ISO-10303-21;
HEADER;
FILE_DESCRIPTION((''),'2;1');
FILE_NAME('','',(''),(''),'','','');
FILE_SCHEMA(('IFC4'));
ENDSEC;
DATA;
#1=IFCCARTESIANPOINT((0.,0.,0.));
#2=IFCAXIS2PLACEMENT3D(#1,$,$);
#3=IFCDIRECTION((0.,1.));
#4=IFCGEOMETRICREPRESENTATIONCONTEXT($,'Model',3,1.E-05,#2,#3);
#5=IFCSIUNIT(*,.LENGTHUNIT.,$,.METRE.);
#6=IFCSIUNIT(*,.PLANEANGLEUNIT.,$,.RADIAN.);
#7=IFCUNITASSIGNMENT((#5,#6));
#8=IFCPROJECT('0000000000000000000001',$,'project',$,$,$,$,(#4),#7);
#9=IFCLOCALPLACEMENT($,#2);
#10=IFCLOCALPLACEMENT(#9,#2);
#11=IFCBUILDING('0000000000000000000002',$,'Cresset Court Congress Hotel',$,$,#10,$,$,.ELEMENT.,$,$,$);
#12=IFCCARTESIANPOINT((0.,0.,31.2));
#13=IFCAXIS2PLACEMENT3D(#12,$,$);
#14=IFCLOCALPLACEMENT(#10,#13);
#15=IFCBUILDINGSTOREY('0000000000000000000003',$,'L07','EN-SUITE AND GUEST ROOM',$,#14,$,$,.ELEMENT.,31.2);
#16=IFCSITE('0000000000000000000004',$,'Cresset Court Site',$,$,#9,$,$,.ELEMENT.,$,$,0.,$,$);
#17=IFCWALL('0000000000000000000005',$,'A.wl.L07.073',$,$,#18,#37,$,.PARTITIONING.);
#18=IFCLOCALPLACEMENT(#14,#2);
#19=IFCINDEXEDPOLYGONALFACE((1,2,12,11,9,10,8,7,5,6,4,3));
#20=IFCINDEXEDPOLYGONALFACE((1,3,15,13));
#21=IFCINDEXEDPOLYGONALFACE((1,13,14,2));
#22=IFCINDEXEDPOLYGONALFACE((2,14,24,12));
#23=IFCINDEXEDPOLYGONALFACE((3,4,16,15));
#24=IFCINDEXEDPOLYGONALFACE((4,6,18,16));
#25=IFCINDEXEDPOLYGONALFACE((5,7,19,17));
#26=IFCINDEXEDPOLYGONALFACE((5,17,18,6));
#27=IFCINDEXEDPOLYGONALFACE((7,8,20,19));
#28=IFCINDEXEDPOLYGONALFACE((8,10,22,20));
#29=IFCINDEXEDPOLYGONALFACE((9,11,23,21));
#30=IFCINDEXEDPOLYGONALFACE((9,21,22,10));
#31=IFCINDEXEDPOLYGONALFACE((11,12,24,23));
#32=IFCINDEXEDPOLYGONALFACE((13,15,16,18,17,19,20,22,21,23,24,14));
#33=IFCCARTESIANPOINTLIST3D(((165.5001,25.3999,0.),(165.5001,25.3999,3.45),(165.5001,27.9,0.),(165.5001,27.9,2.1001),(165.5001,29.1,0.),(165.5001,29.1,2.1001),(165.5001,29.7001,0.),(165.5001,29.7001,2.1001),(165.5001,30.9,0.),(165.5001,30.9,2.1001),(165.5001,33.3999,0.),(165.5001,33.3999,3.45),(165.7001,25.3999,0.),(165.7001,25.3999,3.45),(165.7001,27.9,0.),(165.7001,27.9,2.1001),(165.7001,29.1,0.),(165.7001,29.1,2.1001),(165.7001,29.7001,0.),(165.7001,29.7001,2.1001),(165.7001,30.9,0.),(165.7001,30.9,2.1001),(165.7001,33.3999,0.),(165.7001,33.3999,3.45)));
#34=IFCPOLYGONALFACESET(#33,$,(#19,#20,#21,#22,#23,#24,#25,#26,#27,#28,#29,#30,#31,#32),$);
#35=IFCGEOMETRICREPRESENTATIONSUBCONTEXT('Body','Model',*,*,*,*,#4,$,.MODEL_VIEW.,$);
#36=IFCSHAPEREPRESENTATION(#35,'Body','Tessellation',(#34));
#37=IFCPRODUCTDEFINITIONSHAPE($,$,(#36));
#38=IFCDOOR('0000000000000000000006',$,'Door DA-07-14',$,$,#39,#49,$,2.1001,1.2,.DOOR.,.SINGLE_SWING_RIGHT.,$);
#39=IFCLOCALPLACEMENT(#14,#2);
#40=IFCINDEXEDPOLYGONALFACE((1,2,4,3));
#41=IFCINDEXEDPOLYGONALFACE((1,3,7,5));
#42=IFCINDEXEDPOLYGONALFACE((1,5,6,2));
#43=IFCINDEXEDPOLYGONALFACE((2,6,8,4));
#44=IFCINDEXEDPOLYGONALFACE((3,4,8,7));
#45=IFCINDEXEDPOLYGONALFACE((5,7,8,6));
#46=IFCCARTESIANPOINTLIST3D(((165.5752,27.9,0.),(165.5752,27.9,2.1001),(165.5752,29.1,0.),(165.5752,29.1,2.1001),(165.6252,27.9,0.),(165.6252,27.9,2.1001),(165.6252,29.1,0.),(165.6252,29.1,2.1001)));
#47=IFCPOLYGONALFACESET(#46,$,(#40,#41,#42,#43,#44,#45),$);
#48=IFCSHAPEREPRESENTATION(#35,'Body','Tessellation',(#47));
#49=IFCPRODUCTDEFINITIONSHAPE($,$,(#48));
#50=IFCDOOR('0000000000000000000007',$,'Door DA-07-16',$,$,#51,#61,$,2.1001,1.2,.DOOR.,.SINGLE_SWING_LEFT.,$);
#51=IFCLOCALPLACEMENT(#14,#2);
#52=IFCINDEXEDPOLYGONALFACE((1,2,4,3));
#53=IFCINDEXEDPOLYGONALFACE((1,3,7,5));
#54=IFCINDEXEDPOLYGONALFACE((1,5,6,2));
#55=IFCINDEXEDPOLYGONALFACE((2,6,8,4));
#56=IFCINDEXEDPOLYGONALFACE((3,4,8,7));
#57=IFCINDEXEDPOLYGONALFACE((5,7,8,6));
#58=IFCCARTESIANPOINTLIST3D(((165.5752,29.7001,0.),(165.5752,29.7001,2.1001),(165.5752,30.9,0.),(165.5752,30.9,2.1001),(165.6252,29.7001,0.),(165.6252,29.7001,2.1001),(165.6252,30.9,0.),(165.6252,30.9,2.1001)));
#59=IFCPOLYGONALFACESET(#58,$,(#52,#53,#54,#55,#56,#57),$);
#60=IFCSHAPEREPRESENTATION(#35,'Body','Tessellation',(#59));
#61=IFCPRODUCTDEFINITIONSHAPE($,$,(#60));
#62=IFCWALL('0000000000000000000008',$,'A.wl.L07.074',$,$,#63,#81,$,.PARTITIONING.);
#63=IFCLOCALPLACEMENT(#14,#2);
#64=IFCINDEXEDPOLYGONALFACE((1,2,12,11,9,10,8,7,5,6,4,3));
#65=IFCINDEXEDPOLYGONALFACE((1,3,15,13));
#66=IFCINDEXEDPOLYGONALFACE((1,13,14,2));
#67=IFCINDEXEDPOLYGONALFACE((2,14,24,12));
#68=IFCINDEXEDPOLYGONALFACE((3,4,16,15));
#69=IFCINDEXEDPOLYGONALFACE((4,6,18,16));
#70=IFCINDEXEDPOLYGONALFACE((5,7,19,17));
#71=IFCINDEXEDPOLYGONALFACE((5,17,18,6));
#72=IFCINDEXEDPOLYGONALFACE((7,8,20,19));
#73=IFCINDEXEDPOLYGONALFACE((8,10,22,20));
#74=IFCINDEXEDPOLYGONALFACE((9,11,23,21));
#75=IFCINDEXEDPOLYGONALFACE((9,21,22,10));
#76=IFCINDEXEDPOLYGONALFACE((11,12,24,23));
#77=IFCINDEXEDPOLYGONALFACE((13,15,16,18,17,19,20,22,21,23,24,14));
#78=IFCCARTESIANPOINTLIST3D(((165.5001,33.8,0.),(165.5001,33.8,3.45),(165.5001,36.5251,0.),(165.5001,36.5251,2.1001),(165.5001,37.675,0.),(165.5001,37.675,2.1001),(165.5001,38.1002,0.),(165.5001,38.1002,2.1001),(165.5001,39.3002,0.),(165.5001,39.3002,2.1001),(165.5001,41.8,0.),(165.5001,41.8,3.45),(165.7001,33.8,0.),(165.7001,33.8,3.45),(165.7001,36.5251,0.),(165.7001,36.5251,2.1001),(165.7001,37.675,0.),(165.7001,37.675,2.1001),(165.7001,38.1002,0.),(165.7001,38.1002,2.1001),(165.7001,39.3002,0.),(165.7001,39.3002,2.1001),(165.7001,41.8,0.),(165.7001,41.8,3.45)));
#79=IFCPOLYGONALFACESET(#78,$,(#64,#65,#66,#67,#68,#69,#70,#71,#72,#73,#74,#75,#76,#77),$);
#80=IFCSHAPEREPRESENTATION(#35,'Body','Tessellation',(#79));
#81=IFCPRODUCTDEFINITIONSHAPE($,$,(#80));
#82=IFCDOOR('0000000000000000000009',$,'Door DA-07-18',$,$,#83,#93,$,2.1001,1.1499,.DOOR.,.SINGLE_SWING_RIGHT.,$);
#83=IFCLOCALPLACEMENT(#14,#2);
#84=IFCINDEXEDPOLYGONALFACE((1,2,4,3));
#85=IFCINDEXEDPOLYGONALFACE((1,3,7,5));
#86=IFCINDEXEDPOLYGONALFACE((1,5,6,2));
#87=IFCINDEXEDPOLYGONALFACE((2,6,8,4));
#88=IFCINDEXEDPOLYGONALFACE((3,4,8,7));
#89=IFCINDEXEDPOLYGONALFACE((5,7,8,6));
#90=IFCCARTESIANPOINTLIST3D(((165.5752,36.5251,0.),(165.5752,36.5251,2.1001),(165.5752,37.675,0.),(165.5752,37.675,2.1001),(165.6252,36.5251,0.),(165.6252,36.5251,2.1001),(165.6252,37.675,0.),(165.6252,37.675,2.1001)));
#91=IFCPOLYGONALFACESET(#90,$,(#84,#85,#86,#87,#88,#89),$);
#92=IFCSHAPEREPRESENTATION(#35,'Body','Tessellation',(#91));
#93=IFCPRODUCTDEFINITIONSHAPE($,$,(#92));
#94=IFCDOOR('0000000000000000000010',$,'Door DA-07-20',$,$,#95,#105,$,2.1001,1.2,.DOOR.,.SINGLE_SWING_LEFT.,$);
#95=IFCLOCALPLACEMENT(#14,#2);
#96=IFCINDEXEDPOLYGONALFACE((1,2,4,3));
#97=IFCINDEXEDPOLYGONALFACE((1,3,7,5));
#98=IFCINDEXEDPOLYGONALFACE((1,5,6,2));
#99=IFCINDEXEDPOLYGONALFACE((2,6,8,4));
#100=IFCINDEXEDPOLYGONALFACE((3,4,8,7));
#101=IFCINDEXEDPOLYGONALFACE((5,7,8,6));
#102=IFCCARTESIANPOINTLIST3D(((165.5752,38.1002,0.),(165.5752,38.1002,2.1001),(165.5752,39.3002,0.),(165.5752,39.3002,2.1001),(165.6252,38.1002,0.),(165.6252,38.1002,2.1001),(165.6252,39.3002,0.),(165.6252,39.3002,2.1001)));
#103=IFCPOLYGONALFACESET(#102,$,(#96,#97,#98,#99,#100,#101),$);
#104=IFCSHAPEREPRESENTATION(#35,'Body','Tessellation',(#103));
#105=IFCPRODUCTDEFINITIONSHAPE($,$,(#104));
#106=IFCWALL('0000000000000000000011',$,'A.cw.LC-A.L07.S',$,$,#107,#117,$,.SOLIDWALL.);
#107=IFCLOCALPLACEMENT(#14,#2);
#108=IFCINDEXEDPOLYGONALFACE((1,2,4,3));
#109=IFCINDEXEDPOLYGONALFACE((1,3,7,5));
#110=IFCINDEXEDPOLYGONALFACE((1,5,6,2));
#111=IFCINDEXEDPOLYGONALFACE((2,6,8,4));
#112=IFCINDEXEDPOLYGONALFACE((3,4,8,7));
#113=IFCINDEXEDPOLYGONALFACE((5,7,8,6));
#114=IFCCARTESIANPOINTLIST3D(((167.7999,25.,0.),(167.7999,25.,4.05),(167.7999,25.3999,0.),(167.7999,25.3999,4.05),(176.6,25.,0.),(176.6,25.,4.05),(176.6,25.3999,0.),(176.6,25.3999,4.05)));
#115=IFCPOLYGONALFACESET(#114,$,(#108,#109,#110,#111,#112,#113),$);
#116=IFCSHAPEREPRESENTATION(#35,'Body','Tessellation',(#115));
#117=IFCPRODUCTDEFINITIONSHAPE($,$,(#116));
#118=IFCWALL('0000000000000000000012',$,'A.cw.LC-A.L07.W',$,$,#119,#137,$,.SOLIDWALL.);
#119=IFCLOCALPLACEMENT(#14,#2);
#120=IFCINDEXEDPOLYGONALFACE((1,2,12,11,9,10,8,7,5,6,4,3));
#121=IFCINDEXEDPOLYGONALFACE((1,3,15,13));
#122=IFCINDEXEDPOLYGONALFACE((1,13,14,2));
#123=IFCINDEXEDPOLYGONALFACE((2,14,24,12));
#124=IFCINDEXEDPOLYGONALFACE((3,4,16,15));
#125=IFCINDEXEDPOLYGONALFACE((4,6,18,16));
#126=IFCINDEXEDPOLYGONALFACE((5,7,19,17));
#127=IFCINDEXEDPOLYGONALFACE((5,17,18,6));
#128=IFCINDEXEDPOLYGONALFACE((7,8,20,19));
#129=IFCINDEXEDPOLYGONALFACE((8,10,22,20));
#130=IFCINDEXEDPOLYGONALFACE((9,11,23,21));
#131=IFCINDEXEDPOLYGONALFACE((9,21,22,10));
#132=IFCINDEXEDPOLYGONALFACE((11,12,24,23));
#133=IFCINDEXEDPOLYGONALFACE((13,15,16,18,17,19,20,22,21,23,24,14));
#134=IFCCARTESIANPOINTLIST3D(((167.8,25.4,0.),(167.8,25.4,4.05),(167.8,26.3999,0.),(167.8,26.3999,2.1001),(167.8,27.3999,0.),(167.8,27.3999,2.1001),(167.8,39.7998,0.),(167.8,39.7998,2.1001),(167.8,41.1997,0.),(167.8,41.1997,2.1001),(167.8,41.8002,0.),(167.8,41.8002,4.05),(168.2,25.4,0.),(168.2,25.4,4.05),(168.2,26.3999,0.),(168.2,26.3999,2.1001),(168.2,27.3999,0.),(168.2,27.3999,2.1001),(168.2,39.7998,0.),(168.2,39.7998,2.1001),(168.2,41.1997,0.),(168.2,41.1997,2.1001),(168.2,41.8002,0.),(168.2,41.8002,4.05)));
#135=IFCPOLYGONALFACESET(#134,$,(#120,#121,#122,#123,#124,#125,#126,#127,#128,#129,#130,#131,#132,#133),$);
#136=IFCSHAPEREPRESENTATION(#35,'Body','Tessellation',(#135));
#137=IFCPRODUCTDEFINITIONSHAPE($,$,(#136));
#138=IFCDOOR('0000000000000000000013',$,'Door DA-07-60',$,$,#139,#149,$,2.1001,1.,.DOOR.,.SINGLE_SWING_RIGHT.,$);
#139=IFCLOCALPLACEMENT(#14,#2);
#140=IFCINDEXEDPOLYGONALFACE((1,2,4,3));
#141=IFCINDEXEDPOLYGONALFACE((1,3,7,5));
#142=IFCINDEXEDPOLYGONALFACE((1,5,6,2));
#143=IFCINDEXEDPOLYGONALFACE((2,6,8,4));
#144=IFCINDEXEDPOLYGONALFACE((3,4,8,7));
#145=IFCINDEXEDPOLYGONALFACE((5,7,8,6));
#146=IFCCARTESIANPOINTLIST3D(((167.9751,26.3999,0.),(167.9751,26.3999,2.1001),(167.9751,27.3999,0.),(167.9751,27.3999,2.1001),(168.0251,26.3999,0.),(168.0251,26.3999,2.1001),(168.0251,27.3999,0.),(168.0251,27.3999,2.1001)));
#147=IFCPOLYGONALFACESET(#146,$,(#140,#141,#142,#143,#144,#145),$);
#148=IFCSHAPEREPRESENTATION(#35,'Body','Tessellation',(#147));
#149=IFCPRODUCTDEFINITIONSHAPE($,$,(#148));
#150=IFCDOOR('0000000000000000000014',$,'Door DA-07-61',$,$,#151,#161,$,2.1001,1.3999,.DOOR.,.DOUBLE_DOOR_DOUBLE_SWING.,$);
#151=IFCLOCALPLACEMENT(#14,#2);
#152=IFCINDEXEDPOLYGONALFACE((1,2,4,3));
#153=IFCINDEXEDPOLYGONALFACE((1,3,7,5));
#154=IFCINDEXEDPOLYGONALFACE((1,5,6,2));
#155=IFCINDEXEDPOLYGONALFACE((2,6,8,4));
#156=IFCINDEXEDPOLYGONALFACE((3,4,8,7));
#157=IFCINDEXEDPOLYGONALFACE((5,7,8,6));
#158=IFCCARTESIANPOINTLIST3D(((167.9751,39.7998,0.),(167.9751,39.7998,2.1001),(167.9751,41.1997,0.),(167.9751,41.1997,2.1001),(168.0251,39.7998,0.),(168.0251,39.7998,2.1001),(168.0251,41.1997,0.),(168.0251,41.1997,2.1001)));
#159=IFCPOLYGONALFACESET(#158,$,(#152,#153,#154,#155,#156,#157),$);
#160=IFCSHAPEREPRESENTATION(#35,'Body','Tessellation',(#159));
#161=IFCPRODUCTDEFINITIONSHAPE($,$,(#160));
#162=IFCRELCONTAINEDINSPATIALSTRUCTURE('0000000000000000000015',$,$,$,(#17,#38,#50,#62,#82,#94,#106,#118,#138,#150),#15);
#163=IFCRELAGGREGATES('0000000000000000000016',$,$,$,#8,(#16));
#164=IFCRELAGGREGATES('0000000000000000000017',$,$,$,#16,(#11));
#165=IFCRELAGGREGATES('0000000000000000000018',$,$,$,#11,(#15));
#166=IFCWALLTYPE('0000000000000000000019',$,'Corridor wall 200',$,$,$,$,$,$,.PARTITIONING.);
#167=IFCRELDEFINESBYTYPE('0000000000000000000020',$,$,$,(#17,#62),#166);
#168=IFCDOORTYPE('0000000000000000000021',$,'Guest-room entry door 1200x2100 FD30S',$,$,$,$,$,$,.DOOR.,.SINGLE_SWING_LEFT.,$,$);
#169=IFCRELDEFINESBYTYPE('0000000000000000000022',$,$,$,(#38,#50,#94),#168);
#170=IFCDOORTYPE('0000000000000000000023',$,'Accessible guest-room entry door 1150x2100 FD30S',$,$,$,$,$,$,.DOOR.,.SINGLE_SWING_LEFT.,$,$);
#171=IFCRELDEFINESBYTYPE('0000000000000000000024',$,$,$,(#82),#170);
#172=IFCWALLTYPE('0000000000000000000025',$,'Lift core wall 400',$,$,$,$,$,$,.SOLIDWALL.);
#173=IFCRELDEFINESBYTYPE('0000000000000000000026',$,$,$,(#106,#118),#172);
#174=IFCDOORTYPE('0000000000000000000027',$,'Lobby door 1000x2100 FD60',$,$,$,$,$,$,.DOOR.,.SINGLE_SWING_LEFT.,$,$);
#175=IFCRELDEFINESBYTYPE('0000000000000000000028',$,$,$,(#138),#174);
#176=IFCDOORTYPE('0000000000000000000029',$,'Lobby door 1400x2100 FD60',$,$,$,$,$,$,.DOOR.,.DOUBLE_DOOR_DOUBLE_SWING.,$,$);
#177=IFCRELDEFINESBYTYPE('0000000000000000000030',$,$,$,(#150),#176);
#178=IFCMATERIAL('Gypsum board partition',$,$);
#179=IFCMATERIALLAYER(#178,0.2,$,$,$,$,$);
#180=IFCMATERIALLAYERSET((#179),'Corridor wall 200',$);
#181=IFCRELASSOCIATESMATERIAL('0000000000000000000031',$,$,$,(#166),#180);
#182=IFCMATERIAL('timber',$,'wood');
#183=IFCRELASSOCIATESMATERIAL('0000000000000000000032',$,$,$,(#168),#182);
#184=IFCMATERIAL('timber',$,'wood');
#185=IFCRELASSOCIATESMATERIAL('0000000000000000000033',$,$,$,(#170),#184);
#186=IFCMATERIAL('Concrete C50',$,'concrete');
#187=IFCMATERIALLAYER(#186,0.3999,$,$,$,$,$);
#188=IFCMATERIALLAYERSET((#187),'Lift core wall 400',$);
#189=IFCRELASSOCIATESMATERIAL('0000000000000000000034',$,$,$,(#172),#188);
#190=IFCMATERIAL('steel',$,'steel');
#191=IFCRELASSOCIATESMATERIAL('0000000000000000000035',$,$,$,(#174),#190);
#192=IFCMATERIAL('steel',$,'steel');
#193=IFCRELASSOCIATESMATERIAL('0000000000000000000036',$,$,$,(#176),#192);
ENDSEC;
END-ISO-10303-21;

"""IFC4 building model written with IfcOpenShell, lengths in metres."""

from ifc_helpers import new_model, si_unit, direction, frame, frame_2d, origin, place, context, subcontext, project, spatial, rectangle, extrude, material, layer, layer_set, type_object, element, fill, save


model = new_model("IFC4")

# Units and contexts
model_context = context("Model", 3, precision=1e-05, world=origin(), true_north=direction((0.0, 1.0)))
body_context = subcontext(model_context, "Body", "Model", "MODEL_VIEW")
ifc_project = project(units=[si_unit("LENGTHUNIT", "METRE"), si_unit("PLANEANGLEUNIT", "RADIAN")], contexts=[model_context])

# Site, building, storey
site_placement = place(None, origin())
site = spatial("IfcSite", under=ifc_project, at=site_placement, Name="Cresset Court Site", CompositionType="ELEMENT", RefElevation=0.0)
building_placement = place(site_placement, origin())
building = spatial("IfcBuilding", under=site, at=building_placement, Name="Cresset Court Congress Hotel", CompositionType="ELEMENT")
storey_placement = place(building_placement, frame((0.0, 0.0, 31.2)))
storey = spatial("IfcBuildingStorey", under=building, at=storey_placement, Name="L07", Description="EN-SUITE AND GUEST ROOM", CompositionType="ELEMENT", Elevation=31.2)

# Walls, openings, doors
ifc_material_1 = material(Name="Gypsum board partition")
ifc_layer_1 = layer(ifc_material_1, 0.2)
ifc_layer_set_1 = layer_set([ifc_layer_1], Name="Corridor wall 200")
wall_type_1 = type_object("IfcWallType", Name="Corridor wall 200", PredefinedType="PARTITIONING", material=ifc_layer_set_1)
wall_1_placement = place(storey_placement, frame((165.6001, 25.3999, 0.0), z_axis=(0.0, 0.0, 1.0), x_axis=(0.0, 1.0, 0.0)))
wall_1 = element("IfcWall", 1, at=wall_1_placement, inside=storey, type_object=wall_type_1, Name="A.wl.L07.073", PredefinedType="PARTITIONING", context=body_context, shape_type="SweptSolid", body=[
    extrude(rectangle(XDim=8.0, YDim=0.2, at=frame_2d((4.0, 0.0))), origin(), (0.0, 0.0, 1.0), 3.45),
])
opening_1_placement = place(wall_1_placement, frame((2.5, 0.0, 0.0)))
opening_1 = element("IfcOpeningElement", 2, at=opening_1_placement, cuts=wall_1, PredefinedType="OPENING", context=body_context, shape_type="SweptSolid", body=[
    extrude(rectangle(XDim=1.2, YDim=2.1001, at=frame_2d((0.6001, 1.05))), frame((0.0, 0.1099, 0.0), z_axis=(0.0, -1.0, 0.0), x_axis=(1.0, 0.0, 0.0)), (0.0, 0.0, 1.0), 0.22),
])
opening_2_placement = place(wall_1_placement, frame((4.3, 0.0, 0.0)))
opening_2 = element("IfcOpeningElement", 3, at=opening_2_placement, cuts=wall_1, PredefinedType="OPENING", context=body_context, shape_type="SweptSolid", body=[
    extrude(rectangle(XDim=1.2, YDim=2.1001, at=frame_2d((0.6001, 1.05))), frame((0.0, 0.1099, 0.0), z_axis=(0.0, -1.0, 0.0), x_axis=(1.0, 0.0, 0.0)), (0.0, 0.0, 1.0), 0.22),
])
ifc_material_2 = material(Name="timber", Category="wood")
door_type_1 = type_object("IfcDoorType", Name="Guest-room entry door 1200x2100 FD30S", OperationType="SINGLE_SWING_LEFT", PredefinedType="DOOR", material=ifc_material_2)
door_1_placement = place(opening_1_placement, origin())
door_1 = element("IfcDoor", 4, at=door_1_placement, inside=storey, type_object=door_type_1, Name="Door DA-07-14", OperationType="SINGLE_SWING_RIGHT", OverallHeight=2.1001, OverallWidth=1.2, PredefinedType="DOOR", context=body_context, shape_type="SweptSolid", body=[
    extrude(rectangle(XDim=1.2, YDim=2.1001, at=frame_2d((0.6001, 1.05))), frame((0.0, 0.0249, 0.0), z_axis=(0.0, -1.0, 0.0), x_axis=(1.0, 0.0, 0.0)), (0.0, 0.0, 1.0), 0.05),
])
fill(opening_1, door_1)
door_2_placement = place(opening_2_placement, origin())
door_2 = element("IfcDoor", 5, at=door_2_placement, inside=storey, type_object=door_type_1, Name="Door DA-07-16", OperationType="SINGLE_SWING_LEFT", OverallHeight=2.1001, OverallWidth=1.2, PredefinedType="DOOR", context=body_context, shape_type="SweptSolid", body=[
    extrude(rectangle(XDim=1.2, YDim=2.1001, at=frame_2d((0.6001, 1.05))), frame((0.0, 0.0249, 0.0), z_axis=(0.0, -1.0, 0.0), x_axis=(1.0, 0.0, 0.0)), (0.0, 0.0, 1.0), 0.05),
])
fill(opening_2, door_2)
wall_2_placement = place(storey_placement, frame((165.6001, 33.8, 0.0), z_axis=(0.0, 0.0, 1.0), x_axis=(0.0, 1.0, 0.0)))
wall_2 = element("IfcWall", 6, at=wall_2_placement, inside=storey, type_object=wall_type_1, Name="A.wl.L07.074", PredefinedType="PARTITIONING", context=body_context, shape_type="SweptSolid", body=[
    extrude(rectangle(XDim=8.0, YDim=0.2, at=frame_2d((4.0, 0.0))), origin(), (0.0, 0.0, 1.0), 3.45),
])
opening_3_placement = place(wall_2_placement, frame((2.7251, 0.0, 0.0)))
opening_3 = element("IfcOpeningElement", 7, at=opening_3_placement, cuts=wall_2, PredefinedType="OPENING", context=body_context, shape_type="SweptSolid", body=[
    extrude(rectangle(XDim=1.1499, YDim=2.1001, at=frame_2d((0.575, 1.05))), frame((0.0, 0.1099, 0.0), z_axis=(0.0, -1.0, 0.0), x_axis=(1.0, 0.0, 0.0)), (0.0, 0.0, 1.0), 0.22),
])
opening_4_placement = place(wall_2_placement, frame((4.3, 0.0, 0.0)))
opening_4 = element("IfcOpeningElement", 8, at=opening_4_placement, cuts=wall_2, PredefinedType="OPENING", context=body_context, shape_type="SweptSolid", body=[
    extrude(rectangle(XDim=1.2, YDim=2.1001, at=frame_2d((0.6001, 1.05))), frame((0.0, 0.1099, 0.0), z_axis=(0.0, -1.0, 0.0), x_axis=(1.0, 0.0, 0.0)), (0.0, 0.0, 1.0), 0.22),
])
ifc_material_3 = material(Name="timber", Category="wood")
door_type_2 = type_object("IfcDoorType", Name="Accessible guest-room entry door 1150x2100 FD30S", OperationType="SINGLE_SWING_LEFT", PredefinedType="DOOR", material=ifc_material_3)
door_3_placement = place(opening_3_placement, origin())
door_3 = element("IfcDoor", 9, at=door_3_placement, inside=storey, type_object=door_type_2, Name="Door DA-07-18", OperationType="SINGLE_SWING_RIGHT", OverallHeight=2.1001, OverallWidth=1.1499, PredefinedType="DOOR", context=body_context, shape_type="SweptSolid", body=[
    extrude(rectangle(XDim=1.1499, YDim=2.1001, at=frame_2d((0.575, 1.05))), frame((0.0, 0.0249, 0.0), z_axis=(0.0, -1.0, 0.0), x_axis=(1.0, 0.0, 0.0)), (0.0, 0.0, 1.0), 0.05),
])
fill(opening_3, door_3)
door_4_placement = place(opening_4_placement, origin())
door_4 = element("IfcDoor", 10, at=door_4_placement, inside=storey, type_object=door_type_1, Name="Door DA-07-20", OperationType="SINGLE_SWING_LEFT", OverallHeight=2.1001, OverallWidth=1.2, PredefinedType="DOOR", context=body_context, shape_type="SweptSolid", body=[
    extrude(rectangle(XDim=1.2, YDim=2.1001, at=frame_2d((0.6001, 1.05))), frame((0.0, 0.0249, 0.0), z_axis=(0.0, -1.0, 0.0), x_axis=(1.0, 0.0, 0.0)), (0.0, 0.0, 1.0), 0.05),
])
fill(opening_4, door_4)

# Wall
ifc_material_4 = material(Name="Concrete C50", Category="concrete")
ifc_layer_2 = layer(ifc_material_4, 0.3999)
ifc_layer_set_2 = layer_set([ifc_layer_2], Name="Lift core wall 400")
wall_type_2 = type_object("IfcWallType", Name="Lift core wall 400", PredefinedType="SOLIDWALL", material=ifc_layer_set_2)
wall_3_placement = place(storey_placement, frame((167.8, 25.2, 0.0), z_axis=(0.0, 0.0, 1.0), x_axis=(1.0, 0.0, 0.0)))
element("IfcWall", 11, at=wall_3_placement, inside=storey, type_object=wall_type_2, Name="A.cw.LC-A.L07.S", PredefinedType="SOLIDWALL", context=body_context, shape_type="SweptSolid", body=[
    extrude(rectangle(XDim=8.8, YDim=0.3999, at=frame_2d((4.3999, 0.0))), origin(), (0.0, 0.0, 1.0), 4.05),
])

# Wall, openings, doors
wall_4_placement = place(storey_placement, frame((168.0, 25.3999, 0.0), z_axis=(0.0, 0.0, 1.0), x_axis=(0.0, 1.0, 0.0)))
wall_4 = element("IfcWall", 12, at=wall_4_placement, inside=storey, type_object=wall_type_2, Name="A.cw.LC-A.L07.W", PredefinedType="SOLIDWALL", context=body_context, shape_type="SweptSolid", body=[
    extrude(rectangle(XDim=16.4001, YDim=0.3999, at=frame_2d((8.2002, 0.0))), origin(), (0.0, 0.0, 1.0), 4.05),
])
opening_5_placement = place(wall_4_placement, frame((1.0, 0.0, 0.0)))
opening_5 = element("IfcOpeningElement", 13, at=opening_5_placement, cuts=wall_4, PredefinedType="OPENING", context=body_context, shape_type="SweptSolid", body=[
    extrude(rectangle(XDim=1.0, YDim=2.1001, at=frame_2d((0.5, 1.05))), frame((0.0, 0.21, 0.0), z_axis=(0.0, -1.0, 0.0), x_axis=(1.0, 0.0, 0.0)), (0.0, 0.0, 1.0), 0.4199),
])
opening_6_placement = place(wall_4_placement, frame((14.3999, 0.0, 0.0)))
opening_6 = element("IfcOpeningElement", 14, at=opening_6_placement, cuts=wall_4, PredefinedType="OPENING", context=body_context, shape_type="SweptSolid", body=[
    extrude(rectangle(XDim=1.3999, YDim=2.1001, at=frame_2d((0.7, 1.05))), frame((0.0, 0.21, 0.0), z_axis=(0.0, -1.0, 0.0), x_axis=(1.0, 0.0, 0.0)), (0.0, 0.0, 1.0), 0.4199),
])
ifc_material_5 = material(Name="steel", Category="steel")
door_type_3 = type_object("IfcDoorType", Name="Lobby door 1000x2100 FD60", OperationType="SINGLE_SWING_LEFT", PredefinedType="DOOR", material=ifc_material_5)
door_5_placement = place(opening_5_placement, origin())
door_5 = element("IfcDoor", 15, at=door_5_placement, inside=storey, type_object=door_type_3, Name="Door DA-07-60", OperationType="SINGLE_SWING_RIGHT", OverallHeight=2.1001, OverallWidth=1.0, PredefinedType="DOOR", context=body_context, shape_type="SweptSolid", body=[
    extrude(rectangle(XDim=1.0, YDim=2.1001, at=frame_2d((0.5, 1.05))), frame((0.0, 0.0249, 0.0), z_axis=(0.0, -1.0, 0.0), x_axis=(1.0, 0.0, 0.0)), (0.0, 0.0, 1.0), 0.05),
])
fill(opening_5, door_5)
ifc_material_6 = material(Name="steel", Category="steel")
door_type_4 = type_object("IfcDoorType", Name="Lobby door 1400x2100 FD60", OperationType="DOUBLE_DOOR_DOUBLE_SWING", PredefinedType="DOOR", material=ifc_material_6)
door_6_placement = place(opening_6_placement, origin())
door_6 = element("IfcDoor", 16, at=door_6_placement, inside=storey, type_object=door_type_4, Name="Door DA-07-61", OperationType="DOUBLE_DOOR_DOUBLE_SWING", OverallHeight=2.1001, OverallWidth=1.3999, PredefinedType="DOOR", context=body_context, shape_type="SweptSolid", body=[
    extrude(rectangle(XDim=1.3999, YDim=2.1001, at=frame_2d((0.7, 1.05))), frame((0.0, 0.0249, 0.0), z_axis=(0.0, -1.0, 0.0), x_axis=(1.0, 0.0, 0.0)), (0.0, 0.0, 1.0), 0.05),
])
fill(opening_6, door_6)

save(model, "model.ifc")
